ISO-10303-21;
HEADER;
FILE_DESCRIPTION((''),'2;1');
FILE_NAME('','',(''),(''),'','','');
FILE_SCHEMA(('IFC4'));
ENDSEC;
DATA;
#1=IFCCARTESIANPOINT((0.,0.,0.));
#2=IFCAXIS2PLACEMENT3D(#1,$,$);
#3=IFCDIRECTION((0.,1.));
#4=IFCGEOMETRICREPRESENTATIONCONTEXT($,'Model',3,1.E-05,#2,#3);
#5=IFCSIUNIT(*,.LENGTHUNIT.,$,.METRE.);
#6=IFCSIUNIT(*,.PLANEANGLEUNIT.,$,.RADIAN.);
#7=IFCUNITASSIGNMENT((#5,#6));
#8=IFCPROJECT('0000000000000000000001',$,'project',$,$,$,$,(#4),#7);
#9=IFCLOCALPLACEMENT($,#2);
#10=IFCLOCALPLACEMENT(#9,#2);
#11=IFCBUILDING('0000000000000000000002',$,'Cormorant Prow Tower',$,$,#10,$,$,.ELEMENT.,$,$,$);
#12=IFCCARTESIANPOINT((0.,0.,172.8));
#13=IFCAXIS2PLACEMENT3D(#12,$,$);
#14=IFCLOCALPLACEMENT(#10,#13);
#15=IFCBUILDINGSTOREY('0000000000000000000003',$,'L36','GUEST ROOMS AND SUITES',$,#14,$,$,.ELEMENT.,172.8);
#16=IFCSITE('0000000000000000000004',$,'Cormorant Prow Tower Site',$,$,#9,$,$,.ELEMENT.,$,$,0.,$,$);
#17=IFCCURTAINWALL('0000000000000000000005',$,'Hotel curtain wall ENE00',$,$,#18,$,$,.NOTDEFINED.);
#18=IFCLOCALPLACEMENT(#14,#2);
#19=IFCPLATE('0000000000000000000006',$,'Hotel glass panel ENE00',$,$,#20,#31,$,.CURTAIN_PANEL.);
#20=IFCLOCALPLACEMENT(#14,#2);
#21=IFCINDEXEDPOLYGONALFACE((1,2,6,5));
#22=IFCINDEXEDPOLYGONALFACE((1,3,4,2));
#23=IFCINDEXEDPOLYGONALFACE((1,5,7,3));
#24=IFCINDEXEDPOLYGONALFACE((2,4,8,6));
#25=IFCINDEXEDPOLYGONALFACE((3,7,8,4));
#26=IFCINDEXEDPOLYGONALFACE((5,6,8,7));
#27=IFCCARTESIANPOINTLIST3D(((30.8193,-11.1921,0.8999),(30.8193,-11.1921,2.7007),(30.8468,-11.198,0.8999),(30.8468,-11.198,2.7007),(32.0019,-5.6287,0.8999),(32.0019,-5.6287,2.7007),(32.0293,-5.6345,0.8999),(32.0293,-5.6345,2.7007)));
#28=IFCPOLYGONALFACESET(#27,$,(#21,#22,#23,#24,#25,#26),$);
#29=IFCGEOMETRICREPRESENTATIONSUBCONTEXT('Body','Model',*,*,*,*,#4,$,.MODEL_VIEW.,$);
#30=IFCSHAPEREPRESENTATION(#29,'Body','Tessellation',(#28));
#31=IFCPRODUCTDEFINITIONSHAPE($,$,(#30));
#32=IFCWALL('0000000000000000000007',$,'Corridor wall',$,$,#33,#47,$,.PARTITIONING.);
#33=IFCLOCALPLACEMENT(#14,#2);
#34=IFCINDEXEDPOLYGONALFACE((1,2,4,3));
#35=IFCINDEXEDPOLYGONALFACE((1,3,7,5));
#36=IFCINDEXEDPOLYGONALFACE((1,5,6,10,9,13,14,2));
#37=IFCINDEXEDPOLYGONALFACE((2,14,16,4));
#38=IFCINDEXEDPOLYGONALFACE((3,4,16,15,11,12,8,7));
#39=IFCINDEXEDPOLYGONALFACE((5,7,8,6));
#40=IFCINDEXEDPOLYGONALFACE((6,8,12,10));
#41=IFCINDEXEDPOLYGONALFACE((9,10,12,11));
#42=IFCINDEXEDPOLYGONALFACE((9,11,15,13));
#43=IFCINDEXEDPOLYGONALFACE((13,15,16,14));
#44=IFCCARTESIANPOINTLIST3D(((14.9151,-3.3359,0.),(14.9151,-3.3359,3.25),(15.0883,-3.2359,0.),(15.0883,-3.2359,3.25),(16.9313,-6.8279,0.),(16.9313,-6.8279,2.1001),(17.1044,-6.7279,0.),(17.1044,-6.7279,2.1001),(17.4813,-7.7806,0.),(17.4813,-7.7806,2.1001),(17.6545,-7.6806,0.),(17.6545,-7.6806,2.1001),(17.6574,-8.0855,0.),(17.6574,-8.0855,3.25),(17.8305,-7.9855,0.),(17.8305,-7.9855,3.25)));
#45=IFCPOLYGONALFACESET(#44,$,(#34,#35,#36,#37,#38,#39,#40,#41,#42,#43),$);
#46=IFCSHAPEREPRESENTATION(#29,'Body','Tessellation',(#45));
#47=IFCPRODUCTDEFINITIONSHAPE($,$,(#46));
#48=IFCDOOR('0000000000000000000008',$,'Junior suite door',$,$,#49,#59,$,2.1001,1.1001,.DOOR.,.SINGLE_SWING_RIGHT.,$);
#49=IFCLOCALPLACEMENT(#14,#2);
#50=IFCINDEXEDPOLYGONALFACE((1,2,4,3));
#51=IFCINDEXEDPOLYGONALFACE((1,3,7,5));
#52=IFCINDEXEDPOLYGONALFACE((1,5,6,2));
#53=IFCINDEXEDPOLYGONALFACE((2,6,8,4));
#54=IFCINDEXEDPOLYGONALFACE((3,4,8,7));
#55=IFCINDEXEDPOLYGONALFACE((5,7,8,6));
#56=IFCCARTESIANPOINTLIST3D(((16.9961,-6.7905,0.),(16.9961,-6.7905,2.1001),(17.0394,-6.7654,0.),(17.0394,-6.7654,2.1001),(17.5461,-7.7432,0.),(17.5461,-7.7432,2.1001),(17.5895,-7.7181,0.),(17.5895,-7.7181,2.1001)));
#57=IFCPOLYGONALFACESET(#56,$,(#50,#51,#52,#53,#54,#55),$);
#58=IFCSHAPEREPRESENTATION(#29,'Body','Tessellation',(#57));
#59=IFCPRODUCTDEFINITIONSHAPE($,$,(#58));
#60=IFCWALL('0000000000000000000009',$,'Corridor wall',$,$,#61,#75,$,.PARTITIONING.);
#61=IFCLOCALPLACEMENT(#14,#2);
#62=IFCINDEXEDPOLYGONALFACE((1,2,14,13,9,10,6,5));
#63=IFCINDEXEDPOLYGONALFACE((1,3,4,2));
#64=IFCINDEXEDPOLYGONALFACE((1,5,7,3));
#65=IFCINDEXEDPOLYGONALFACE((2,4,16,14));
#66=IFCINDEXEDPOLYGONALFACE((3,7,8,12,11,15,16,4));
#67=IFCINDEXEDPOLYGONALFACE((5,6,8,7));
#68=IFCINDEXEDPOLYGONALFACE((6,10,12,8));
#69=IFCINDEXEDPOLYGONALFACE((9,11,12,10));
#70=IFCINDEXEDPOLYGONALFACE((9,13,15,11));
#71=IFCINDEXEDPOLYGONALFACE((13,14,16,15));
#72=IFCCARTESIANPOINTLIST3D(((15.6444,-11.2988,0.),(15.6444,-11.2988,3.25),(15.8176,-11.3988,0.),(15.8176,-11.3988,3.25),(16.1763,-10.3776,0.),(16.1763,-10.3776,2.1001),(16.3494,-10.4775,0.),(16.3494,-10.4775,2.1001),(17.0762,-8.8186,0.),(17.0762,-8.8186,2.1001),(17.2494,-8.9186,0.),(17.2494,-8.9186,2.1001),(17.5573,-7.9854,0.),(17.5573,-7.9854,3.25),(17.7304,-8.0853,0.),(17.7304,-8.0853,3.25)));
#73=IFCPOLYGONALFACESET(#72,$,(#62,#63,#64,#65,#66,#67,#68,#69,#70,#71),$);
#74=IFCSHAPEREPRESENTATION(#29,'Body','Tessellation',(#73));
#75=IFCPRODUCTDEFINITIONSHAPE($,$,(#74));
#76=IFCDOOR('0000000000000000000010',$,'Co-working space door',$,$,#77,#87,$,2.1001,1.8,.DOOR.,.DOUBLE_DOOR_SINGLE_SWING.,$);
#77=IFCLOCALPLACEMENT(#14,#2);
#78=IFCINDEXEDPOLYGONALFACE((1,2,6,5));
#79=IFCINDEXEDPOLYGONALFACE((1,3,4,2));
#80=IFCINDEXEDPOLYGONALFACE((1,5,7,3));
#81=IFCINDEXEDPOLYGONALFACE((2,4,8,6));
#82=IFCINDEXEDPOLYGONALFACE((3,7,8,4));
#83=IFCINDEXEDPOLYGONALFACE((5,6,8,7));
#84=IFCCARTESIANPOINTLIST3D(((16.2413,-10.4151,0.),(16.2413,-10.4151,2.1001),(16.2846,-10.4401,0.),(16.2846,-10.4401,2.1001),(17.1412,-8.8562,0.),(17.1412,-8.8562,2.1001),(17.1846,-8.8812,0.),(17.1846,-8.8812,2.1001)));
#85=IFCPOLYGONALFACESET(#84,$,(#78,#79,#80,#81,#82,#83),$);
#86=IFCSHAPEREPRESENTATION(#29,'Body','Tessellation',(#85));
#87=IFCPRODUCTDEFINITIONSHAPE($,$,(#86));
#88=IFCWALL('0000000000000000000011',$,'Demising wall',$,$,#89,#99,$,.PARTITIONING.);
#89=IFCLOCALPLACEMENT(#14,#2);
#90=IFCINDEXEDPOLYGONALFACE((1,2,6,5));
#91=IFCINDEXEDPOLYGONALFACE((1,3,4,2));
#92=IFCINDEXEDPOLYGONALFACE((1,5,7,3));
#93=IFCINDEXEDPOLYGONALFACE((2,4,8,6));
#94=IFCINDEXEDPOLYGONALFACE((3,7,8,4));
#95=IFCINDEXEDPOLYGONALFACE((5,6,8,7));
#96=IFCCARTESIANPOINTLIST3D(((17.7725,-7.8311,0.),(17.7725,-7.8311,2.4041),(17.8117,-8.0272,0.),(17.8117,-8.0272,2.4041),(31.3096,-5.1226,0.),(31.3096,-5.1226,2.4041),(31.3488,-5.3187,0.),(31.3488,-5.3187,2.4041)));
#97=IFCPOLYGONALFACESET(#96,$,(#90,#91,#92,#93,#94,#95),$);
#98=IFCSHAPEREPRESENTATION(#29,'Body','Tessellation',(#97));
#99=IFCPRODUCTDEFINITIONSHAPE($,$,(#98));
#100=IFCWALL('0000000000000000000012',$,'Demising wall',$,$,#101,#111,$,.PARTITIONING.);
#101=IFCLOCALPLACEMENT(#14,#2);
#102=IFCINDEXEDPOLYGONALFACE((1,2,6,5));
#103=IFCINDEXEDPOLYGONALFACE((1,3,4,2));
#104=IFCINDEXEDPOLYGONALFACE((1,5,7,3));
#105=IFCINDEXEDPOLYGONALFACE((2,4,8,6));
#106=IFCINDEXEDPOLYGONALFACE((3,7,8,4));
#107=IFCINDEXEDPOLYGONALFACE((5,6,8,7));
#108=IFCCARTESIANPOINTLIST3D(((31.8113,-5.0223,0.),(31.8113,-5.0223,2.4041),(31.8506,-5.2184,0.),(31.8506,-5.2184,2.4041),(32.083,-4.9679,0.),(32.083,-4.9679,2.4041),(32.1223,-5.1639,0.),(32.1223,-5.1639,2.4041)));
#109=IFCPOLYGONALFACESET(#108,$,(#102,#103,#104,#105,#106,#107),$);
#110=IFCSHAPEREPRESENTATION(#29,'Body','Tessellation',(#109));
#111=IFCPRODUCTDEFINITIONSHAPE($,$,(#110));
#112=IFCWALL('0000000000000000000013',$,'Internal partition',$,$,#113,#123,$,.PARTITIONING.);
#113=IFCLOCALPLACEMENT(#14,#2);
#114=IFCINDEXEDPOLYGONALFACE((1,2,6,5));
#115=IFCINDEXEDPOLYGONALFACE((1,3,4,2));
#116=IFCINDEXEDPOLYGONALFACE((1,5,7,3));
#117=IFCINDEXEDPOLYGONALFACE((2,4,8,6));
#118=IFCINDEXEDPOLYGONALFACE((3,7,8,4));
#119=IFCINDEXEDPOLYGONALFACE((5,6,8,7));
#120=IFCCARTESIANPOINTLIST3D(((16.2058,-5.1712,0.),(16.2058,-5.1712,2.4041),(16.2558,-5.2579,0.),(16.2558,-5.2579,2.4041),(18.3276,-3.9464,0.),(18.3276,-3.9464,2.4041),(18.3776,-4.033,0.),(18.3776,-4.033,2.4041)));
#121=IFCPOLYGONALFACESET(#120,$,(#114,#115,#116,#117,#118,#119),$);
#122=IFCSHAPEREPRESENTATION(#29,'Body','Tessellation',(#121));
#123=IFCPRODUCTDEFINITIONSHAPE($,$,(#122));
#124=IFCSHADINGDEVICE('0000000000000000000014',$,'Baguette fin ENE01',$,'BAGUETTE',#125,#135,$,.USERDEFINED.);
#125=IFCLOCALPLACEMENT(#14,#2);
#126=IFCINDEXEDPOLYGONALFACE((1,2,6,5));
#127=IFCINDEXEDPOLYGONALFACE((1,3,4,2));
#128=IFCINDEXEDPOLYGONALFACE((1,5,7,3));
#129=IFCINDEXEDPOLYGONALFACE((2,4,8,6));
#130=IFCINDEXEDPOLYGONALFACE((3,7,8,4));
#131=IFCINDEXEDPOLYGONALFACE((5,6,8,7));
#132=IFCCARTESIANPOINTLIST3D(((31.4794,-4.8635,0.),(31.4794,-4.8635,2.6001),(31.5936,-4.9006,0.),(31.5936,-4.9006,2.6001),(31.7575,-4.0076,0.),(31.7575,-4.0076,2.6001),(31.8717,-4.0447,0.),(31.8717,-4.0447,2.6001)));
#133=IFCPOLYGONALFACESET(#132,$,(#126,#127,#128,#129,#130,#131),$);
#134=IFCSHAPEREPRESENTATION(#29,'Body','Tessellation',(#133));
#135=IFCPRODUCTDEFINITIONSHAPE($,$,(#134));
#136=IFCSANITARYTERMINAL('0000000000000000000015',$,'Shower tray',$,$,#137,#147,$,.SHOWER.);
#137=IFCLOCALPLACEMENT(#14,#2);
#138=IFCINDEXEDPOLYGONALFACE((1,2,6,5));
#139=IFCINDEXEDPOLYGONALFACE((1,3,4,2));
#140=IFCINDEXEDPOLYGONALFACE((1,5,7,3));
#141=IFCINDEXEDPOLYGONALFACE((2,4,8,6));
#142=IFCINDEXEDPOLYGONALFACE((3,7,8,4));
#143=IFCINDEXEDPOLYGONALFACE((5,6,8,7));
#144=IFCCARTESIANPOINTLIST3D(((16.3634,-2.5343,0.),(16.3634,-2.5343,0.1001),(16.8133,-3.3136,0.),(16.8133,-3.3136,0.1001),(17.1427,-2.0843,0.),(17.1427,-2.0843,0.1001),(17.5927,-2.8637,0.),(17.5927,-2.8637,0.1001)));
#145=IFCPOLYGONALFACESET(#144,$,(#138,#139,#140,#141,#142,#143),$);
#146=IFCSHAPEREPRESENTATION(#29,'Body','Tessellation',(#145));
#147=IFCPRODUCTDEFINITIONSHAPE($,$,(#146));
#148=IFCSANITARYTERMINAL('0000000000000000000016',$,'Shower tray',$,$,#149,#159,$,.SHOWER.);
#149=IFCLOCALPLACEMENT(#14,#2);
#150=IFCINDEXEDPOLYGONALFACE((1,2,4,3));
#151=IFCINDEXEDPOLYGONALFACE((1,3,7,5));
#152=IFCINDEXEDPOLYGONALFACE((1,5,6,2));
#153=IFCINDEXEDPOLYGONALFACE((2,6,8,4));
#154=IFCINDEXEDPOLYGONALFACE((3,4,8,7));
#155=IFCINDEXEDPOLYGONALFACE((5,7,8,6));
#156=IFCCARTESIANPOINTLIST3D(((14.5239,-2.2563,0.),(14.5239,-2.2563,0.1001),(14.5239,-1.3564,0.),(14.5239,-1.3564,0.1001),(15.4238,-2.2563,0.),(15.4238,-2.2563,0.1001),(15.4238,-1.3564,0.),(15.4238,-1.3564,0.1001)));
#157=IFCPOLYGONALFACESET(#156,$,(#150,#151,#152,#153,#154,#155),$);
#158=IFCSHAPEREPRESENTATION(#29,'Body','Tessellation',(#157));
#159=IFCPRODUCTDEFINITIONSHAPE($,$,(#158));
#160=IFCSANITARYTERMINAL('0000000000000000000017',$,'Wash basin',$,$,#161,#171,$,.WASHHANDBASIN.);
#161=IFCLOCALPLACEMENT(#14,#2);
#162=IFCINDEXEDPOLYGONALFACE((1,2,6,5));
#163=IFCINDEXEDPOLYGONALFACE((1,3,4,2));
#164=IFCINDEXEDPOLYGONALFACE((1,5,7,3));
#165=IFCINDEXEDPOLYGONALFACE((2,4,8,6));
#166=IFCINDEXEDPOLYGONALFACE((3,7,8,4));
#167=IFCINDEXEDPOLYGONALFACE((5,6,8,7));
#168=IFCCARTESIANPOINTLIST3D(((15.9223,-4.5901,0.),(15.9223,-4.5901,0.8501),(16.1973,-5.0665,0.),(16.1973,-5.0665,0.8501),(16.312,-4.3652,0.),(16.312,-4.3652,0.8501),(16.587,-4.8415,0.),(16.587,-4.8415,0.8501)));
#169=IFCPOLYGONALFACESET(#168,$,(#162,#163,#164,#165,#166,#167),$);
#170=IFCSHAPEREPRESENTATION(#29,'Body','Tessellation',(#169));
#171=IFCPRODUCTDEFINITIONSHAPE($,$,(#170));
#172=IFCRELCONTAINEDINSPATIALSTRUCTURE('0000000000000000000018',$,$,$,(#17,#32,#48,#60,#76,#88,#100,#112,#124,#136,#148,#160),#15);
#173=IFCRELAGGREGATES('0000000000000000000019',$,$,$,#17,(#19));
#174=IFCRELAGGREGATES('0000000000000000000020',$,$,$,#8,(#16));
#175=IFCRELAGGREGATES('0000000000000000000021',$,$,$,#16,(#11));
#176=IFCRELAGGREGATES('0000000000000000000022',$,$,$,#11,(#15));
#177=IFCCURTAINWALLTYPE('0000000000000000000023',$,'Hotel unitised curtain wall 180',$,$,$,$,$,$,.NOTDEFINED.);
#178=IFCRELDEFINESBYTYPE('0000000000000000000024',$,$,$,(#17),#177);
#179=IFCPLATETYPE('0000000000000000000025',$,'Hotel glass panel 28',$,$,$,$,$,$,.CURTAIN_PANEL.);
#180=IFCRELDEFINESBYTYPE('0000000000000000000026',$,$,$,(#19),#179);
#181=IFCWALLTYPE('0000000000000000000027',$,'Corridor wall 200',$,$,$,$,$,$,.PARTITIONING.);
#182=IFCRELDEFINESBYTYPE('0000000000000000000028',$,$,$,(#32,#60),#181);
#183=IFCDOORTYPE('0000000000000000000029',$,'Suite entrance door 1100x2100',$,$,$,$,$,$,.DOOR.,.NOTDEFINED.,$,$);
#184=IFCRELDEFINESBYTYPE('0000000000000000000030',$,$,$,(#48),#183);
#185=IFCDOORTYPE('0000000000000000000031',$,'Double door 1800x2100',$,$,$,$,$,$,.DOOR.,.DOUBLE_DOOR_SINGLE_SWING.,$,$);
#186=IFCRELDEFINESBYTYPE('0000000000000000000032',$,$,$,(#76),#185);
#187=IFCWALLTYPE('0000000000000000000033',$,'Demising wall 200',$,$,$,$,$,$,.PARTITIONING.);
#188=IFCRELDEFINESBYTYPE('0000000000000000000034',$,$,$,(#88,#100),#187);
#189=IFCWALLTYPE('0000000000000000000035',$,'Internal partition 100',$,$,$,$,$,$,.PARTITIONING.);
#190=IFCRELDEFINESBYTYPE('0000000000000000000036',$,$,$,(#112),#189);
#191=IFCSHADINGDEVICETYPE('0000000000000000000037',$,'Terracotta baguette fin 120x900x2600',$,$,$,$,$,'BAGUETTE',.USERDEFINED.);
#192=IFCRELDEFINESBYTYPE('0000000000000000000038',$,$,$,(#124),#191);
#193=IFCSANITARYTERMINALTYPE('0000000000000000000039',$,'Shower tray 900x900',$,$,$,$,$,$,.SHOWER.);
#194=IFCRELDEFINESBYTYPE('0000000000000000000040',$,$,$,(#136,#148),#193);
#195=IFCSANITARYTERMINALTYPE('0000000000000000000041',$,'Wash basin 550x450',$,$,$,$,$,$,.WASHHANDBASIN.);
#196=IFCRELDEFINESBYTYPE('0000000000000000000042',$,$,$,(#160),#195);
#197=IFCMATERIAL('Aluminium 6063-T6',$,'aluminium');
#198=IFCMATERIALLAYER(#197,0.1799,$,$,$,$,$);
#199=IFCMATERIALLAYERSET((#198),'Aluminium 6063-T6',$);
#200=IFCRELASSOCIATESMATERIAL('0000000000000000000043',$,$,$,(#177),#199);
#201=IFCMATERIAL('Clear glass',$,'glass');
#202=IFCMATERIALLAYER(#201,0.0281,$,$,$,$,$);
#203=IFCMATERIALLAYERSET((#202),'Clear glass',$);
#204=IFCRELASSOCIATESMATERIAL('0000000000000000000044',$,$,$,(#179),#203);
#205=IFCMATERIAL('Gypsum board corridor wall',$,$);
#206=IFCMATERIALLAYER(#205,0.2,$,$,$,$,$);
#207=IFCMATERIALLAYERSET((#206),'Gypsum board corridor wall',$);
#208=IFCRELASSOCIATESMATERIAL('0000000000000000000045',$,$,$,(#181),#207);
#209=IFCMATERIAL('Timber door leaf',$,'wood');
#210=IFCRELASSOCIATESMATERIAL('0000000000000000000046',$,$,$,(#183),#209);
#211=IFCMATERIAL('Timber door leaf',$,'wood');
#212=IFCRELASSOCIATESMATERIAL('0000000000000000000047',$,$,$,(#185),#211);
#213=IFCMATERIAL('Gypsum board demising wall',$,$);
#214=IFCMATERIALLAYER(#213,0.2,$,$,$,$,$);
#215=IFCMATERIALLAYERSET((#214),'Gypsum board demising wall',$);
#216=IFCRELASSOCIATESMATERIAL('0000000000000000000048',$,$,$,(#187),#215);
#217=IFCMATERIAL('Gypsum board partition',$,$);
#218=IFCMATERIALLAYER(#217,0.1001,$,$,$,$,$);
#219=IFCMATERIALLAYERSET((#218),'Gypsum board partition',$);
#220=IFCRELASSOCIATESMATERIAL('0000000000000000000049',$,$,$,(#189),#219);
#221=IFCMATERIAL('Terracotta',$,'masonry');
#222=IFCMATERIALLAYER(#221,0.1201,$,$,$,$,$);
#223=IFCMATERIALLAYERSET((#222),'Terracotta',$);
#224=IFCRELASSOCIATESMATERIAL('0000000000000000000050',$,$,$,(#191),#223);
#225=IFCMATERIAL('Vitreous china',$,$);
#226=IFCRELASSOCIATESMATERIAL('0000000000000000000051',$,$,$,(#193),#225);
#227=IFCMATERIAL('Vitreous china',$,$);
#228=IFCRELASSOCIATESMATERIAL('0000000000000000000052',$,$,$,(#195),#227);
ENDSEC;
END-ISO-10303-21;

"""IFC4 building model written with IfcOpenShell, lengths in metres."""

from ifc_helpers import new_model, si_unit, direction, frame, frame_2d, origin, origin_2d, place, context, subcontext, project, spatial, rectangle, extrude, material, layer, layer_set, type_object, element, fill, aggregate, save


model = new_model("IFC4")

# Units and contexts
model_context = context("Model", 3, precision=1e-05, world=origin(), true_north=direction((0.0, 1.0)))
body_context = subcontext(model_context, "Body", "Model", "MODEL_VIEW")
ifc_project = project(units=[si_unit("LENGTHUNIT", "METRE"), si_unit("PLANEANGLEUNIT", "RADIAN")], contexts=[model_context])

# Site, building, storey
site_placement = place(None, origin())
site = spatial("IfcSite", under=ifc_project, at=site_placement, Name="Cormorant Prow Tower Site", CompositionType="ELEMENT", RefElevation=0.0)
building_placement = place(site_placement, origin())
building = spatial("IfcBuilding", under=site, at=building_placement, Name="Cormorant Prow Tower", CompositionType="ELEMENT")
storey_placement = place(building_placement, frame((0.0, 0.0, 172.8)))
storey = spatial("IfcBuildingStorey", under=building, at=storey_placement, Name="L36", Description="GUEST ROOMS AND SUITES", CompositionType="ELEMENT", Elevation=172.8)

# Curtain wall
ifc_material_1 = material(Name="Aluminium 6063-T6", Category="aluminium")
ifc_layer_1 = layer(ifc_material_1, 0.1799)
ifc_layer_set_1 = layer_set([ifc_layer_1], Name="Aluminium 6063-T6")
curtain_wall_type = type_object("IfcCurtainWallType", Name="Hotel unitised curtain wall 180", PredefinedType="NOTDEFINED", material=ifc_layer_set_1)
curtain_wall_1_placement = place(storey_placement, origin())
curtain_wall_1 = element("IfcCurtainWall", 1, at=curtain_wall_1_placement, inside=storey, type_object=curtain_wall_type, Name="Hotel curtain wall ENE00", PredefinedType="NOTDEFINED")

# Plate
ifc_material_2 = material(Name="Clear glass", Category="glass")
ifc_layer_2 = layer(ifc_material_2, 0.0281)
ifc_layer_set_2 = layer_set([ifc_layer_2], Name="Clear glass")
plate_type = type_object("IfcPlateType", Name="Hotel glass panel 28", PredefinedType="CURTAIN_PANEL", material=ifc_layer_set_2)
plate_placement = place(storey_placement, frame((31.4243, -8.4133, 0.8999), z_axis=(0.0, 0.0, 1.0), x_axis=(0.207912, 0.978148, 0.0)))
plate = element("IfcPlate", 2, at=plate_placement, type_object=plate_type, Name="Hotel glass panel ENE00", PredefinedType="CURTAIN_PANEL", context=body_context, shape_type="SweptSolid", body=[
    extrude(rectangle(XDim=5.6877, YDim=0.0281, at=origin_2d()), origin(), (0.0, 0.0, 1.0), 1.8008),
])
aggregate(curtain_wall_1, [plate])

# Walls, openings, doors
ifc_material_3 = material(Name="Gypsum board corridor wall")
ifc_layer_3 = layer(ifc_material_3, 0.2)
ifc_layer_set_3 = layer_set([ifc_layer_3], Name="Gypsum board corridor wall")
wall_type_1 = type_object("IfcWallType", Name="Corridor wall 200", PredefinedType="PARTITIONING", material=ifc_layer_set_3)
wall_1_placement = place(storey_placement, frame((15.0017, -3.2859, 0.0), z_axis=(0.0, 0.0, 1.0), x_axis=(0.500008, -0.866021, 0.0)))
wall_1 = element("IfcWall", 3, at=wall_1_placement, inside=storey, type_object=wall_type_1, Name="Corridor wall", PredefinedType="PARTITIONING", context=body_context, shape_type="SweptSolid", body=[
    extrude(rectangle(XDim=5.4844, YDim=0.2, at=frame_2d((2.7422, 0.0))), origin(), (0.0, 0.0, 1.0), 3.25),
])
opening_1_placement = place(wall_1_placement, frame((4.0322, 0.0, 0.0)))
opening_1 = element("IfcOpeningElement", 4, at=opening_1_placement, cuts=wall_1, PredefinedType="OPENING", context=body_context, shape_type="SweptSolid", body=[
    extrude(rectangle(XDim=1.1001, YDim=2.1001, at=frame_2d((0.55, 1.05))), frame((0.0, 0.1099, 0.0), z_axis=(0.0, -1.0, 0.0), x_axis=(1.0, 0.0, 0.0)), (0.0, 0.0, 1.0), 0.22),
])
ifc_material_4 = material(Name="Timber door leaf", Category="wood")
door_type_1 = type_object("IfcDoorType", Name="Suite entrance door 1100x2100", OperationType="NOTDEFINED", PredefinedType="DOOR", material=ifc_material_4)
door_1_placement = place(opening_1_placement, origin())
door_1 = element("IfcDoor", 5, at=door_1_placement, inside=storey, type_object=door_type_1, Name="Junior suite door", OperationType="SINGLE_SWING_RIGHT", OverallHeight=2.1001, OverallWidth=1.1001, PredefinedType="DOOR", context=body_context, shape_type="SweptSolid", body=[
    extrude(rectangle(XDim=1.1001, YDim=2.1001, at=frame_2d((0.55, 1.05))), frame((0.0, 0.0249, 0.0), z_axis=(0.0, -1.0, 0.0), x_axis=(1.0, 0.0, 0.0)), (0.0, 0.0, 1.0), 0.05),
])
fill(opening_1, door_1)
wall_2_placement = place(storey_placement, frame((15.731, -11.3489, 0.0), z_axis=(0.0, 0.0, 1.0), x_axis=(0.499962, 0.866047, 0.0)))
wall_2 = element("IfcWall", 6, at=wall_2_placement, inside=storey, type_object=wall_type_1, Name="Corridor wall", PredefinedType="PARTITIONING", context=body_context, shape_type="SweptSolid", body=[
    extrude(rectangle(XDim=3.8259, YDim=0.2, at=frame_2d((1.9131, 0.0))), origin(), (0.0, 0.0, 1.0), 3.25),
])
opening_2_placement = place(wall_2_placement, frame((1.064, 0.0, 0.0)))
opening_2 = element("IfcOpeningElement", 7, at=opening_2_placement, cuts=wall_2, PredefinedType="OPENING", context=body_context, shape_type="SweptSolid", body=[
    extrude(rectangle(XDim=1.8, YDim=2.1001, at=frame_2d((0.8999, 1.05))), frame((0.0, 0.1099, 0.0), z_axis=(0.0, -1.0, 0.0), x_axis=(1.0, 0.0, 0.0)), (0.0, 0.0, 1.0), 0.22),
])
ifc_material_5 = material(Name="Timber door leaf", Category="wood")
door_type_2 = type_object("IfcDoorType", Name="Double door 1800x2100", OperationType="DOUBLE_DOOR_SINGLE_SWING", PredefinedType="DOOR", material=ifc_material_5)
door_2_placement = place(opening_2_placement, origin())
door_2 = element("IfcDoor", 8, at=door_2_placement, inside=storey, type_object=door_type_2, Name="Co-working space door", OperationType="DOUBLE_DOOR_SINGLE_SWING", OverallHeight=2.1001, OverallWidth=1.8, PredefinedType="DOOR", context=body_context, shape_type="SweptSolid", body=[
    extrude(rectangle(XDim=1.8, YDim=2.1001, at=frame_2d((0.8999, 1.05))), frame((0.0, 0.0249, 0.0), z_axis=(0.0, -1.0, 0.0), x_axis=(1.0, 0.0, 0.0)), (0.0, 0.0, 1.0), 0.05),
])
fill(opening_2, door_2)

# Walls
ifc_material_6 = material(Name="Gypsum board demising wall")
ifc_layer_4 = layer(ifc_material_6, 0.2)
ifc_layer_set_4 = layer_set([ifc_layer_4], Name="Gypsum board demising wall")
wall_type_2 = type_object("IfcWallType", Name="Demising wall 200", PredefinedType="PARTITIONING", material=ifc_layer_set_4)
wall_3_placement = place(storey_placement, frame((17.792, -7.9292, 0.0), z_axis=(0.0, 0.0, 1.0), x_axis=(0.980566, 0.196191, 0.0)))
element("IfcWall", 9, at=wall_3_placement, inside=storey, type_object=wall_type_2, Name="Demising wall", PredefinedType="PARTITIONING", context=body_context, shape_type="SweptSolid", body=[
    extrude(rectangle(XDim=13.8054, YDim=0.2, at=frame_2d((6.9028, 0.0))), origin(), (0.0, 0.0, 1.0), 2.4041),
])
wall_4_placement = place(storey_placement, frame((31.8308, -5.1204, 0.0), z_axis=(0.0, 0.0, 1.0), x_axis=(0.980513, 0.196455, 0.0)))
element("IfcWall", 10, at=wall_4_placement, inside=storey, type_object=wall_type_2, Name="Demising wall", PredefinedType="PARTITIONING", context=body_context, shape_type="SweptSolid", body=[
    extrude(rectangle(XDim=0.2771, YDim=0.2, at=frame_2d((0.1387, 0.0))), origin(), (0.0, 0.0, 1.0), 2.4041),
])
ifc_material_7 = material(Name="Gypsum board partition")
ifc_layer_5 = layer(ifc_material_7, 0.1001)
ifc_layer_set_5 = layer_set([ifc_layer_5], Name="Gypsum board partition")
wall_type_3 = type_object("IfcWallType", Name="Internal partition 100", PredefinedType="PARTITIONING", material=ifc_layer_set_5)
wall_5_placement = place(storey_placement, frame((16.2307, -5.2146, 0.0), z_axis=(0.0, 0.0, 1.0), x_axis=(0.866058, 0.499944, 0.0)))
element("IfcWall", 11, at=wall_5_placement, inside=storey, type_object=wall_type_3, Name="Internal partition", PredefinedType="PARTITIONING", context=body_context, shape_type="SweptSolid", body=[
    extrude(rectangle(XDim=2.45, YDim=0.1001, at=frame_2d((1.2251, 0.0))), origin(), (0.0, 0.0, 1.0), 2.4041),
])

# Shading device
ifc_material_8 = material(Name="Terracotta", Category="masonry")
ifc_layer_6 = layer(ifc_material_8, 0.1201)
ifc_layer_set_6 = layer_set([ifc_layer_6], Name="Terracotta")
shading_device_type = type_object("IfcShadingDeviceType", Name="Terracotta baguette fin 120x900x2600", ElementType="BAGUETTE", PredefinedType="USERDEFINED", material=ifc_layer_set_6)
shading_device_placement = place(storey_placement, frame((31.6755, -4.4541, 0.0), z_axis=(0.0, 0.0, 1.0), x_axis=(-0.951056, 0.309017, 0.0)))
element("IfcShadingDevice", 12, at=shading_device_placement, inside=storey, type_object=shading_device_type, Name="Baguette fin ENE01", ObjectType="BAGUETTE", PredefinedType="USERDEFINED", context=body_context, shape_type="SweptSolid", body=[
    extrude(rectangle(XDim=0.1201, YDim=0.8999, at=origin_2d()), origin(), (0.0, 0.0, 1.0), 2.6001),
])

# Sanitary terminals
ifc_material_9 = material(Name="Vitreous china")
sanitary_terminal_type_1 = type_object("IfcSanitaryTerminalType", Name="Shower tray 900x900", PredefinedType="SHOWER", material=ifc_material_9)
for number, where, z_axis, x_axis, name in (
    (13, (16.978, -2.699, 0.0), (0.0, 0.0, 1.0), (0.5, -0.866025, 0.0), "Shower tray"),
    (14, (14.9739, -1.8064, 0.0), (0.0, 0.0, 1.0), (1.0, 0.0, 0.0), "Shower tray"),
):
    element("IfcSanitaryTerminal", number, at=place(storey_placement, frame(where, z_axis=z_axis, x_axis=x_axis)), inside=storey, type_object=sanitary_terminal_type_1, Name=name, PredefinedType="SHOWER", context=body_context, shape_type="SweptSolid", body=[
        extrude(rectangle(XDim=0.8999, YDim=0.8999, at=origin_2d()), origin(), (0.0, 0.0, 1.0), 0.1001),
    ])
ifc_material_10 = material(Name="Vitreous china")
sanitary_terminal_type_2 = type_object("IfcSanitaryTerminalType", Name="Wash basin 550x450", PredefinedType="WASHHANDBASIN", material=ifc_material_10)
sanitary_terminal_placement = place(storey_placement, frame((16.2546, -4.7158, 0.0), z_axis=(0.0, 0.0, 1.0), x_axis=(-0.5, 0.866025, 0.0)))
element("IfcSanitaryTerminal", 15, at=sanitary_terminal_placement, inside=storey, type_object=sanitary_terminal_type_2, Name="Wash basin", PredefinedType="WASHHANDBASIN", context=body_context, shape_type="SweptSolid", body=[
    extrude(rectangle(XDim=0.55, YDim=0.45, at=origin_2d()), origin(), (0.0, 0.0, 1.0), 0.8501),
])

save(model, "model.ifc")
